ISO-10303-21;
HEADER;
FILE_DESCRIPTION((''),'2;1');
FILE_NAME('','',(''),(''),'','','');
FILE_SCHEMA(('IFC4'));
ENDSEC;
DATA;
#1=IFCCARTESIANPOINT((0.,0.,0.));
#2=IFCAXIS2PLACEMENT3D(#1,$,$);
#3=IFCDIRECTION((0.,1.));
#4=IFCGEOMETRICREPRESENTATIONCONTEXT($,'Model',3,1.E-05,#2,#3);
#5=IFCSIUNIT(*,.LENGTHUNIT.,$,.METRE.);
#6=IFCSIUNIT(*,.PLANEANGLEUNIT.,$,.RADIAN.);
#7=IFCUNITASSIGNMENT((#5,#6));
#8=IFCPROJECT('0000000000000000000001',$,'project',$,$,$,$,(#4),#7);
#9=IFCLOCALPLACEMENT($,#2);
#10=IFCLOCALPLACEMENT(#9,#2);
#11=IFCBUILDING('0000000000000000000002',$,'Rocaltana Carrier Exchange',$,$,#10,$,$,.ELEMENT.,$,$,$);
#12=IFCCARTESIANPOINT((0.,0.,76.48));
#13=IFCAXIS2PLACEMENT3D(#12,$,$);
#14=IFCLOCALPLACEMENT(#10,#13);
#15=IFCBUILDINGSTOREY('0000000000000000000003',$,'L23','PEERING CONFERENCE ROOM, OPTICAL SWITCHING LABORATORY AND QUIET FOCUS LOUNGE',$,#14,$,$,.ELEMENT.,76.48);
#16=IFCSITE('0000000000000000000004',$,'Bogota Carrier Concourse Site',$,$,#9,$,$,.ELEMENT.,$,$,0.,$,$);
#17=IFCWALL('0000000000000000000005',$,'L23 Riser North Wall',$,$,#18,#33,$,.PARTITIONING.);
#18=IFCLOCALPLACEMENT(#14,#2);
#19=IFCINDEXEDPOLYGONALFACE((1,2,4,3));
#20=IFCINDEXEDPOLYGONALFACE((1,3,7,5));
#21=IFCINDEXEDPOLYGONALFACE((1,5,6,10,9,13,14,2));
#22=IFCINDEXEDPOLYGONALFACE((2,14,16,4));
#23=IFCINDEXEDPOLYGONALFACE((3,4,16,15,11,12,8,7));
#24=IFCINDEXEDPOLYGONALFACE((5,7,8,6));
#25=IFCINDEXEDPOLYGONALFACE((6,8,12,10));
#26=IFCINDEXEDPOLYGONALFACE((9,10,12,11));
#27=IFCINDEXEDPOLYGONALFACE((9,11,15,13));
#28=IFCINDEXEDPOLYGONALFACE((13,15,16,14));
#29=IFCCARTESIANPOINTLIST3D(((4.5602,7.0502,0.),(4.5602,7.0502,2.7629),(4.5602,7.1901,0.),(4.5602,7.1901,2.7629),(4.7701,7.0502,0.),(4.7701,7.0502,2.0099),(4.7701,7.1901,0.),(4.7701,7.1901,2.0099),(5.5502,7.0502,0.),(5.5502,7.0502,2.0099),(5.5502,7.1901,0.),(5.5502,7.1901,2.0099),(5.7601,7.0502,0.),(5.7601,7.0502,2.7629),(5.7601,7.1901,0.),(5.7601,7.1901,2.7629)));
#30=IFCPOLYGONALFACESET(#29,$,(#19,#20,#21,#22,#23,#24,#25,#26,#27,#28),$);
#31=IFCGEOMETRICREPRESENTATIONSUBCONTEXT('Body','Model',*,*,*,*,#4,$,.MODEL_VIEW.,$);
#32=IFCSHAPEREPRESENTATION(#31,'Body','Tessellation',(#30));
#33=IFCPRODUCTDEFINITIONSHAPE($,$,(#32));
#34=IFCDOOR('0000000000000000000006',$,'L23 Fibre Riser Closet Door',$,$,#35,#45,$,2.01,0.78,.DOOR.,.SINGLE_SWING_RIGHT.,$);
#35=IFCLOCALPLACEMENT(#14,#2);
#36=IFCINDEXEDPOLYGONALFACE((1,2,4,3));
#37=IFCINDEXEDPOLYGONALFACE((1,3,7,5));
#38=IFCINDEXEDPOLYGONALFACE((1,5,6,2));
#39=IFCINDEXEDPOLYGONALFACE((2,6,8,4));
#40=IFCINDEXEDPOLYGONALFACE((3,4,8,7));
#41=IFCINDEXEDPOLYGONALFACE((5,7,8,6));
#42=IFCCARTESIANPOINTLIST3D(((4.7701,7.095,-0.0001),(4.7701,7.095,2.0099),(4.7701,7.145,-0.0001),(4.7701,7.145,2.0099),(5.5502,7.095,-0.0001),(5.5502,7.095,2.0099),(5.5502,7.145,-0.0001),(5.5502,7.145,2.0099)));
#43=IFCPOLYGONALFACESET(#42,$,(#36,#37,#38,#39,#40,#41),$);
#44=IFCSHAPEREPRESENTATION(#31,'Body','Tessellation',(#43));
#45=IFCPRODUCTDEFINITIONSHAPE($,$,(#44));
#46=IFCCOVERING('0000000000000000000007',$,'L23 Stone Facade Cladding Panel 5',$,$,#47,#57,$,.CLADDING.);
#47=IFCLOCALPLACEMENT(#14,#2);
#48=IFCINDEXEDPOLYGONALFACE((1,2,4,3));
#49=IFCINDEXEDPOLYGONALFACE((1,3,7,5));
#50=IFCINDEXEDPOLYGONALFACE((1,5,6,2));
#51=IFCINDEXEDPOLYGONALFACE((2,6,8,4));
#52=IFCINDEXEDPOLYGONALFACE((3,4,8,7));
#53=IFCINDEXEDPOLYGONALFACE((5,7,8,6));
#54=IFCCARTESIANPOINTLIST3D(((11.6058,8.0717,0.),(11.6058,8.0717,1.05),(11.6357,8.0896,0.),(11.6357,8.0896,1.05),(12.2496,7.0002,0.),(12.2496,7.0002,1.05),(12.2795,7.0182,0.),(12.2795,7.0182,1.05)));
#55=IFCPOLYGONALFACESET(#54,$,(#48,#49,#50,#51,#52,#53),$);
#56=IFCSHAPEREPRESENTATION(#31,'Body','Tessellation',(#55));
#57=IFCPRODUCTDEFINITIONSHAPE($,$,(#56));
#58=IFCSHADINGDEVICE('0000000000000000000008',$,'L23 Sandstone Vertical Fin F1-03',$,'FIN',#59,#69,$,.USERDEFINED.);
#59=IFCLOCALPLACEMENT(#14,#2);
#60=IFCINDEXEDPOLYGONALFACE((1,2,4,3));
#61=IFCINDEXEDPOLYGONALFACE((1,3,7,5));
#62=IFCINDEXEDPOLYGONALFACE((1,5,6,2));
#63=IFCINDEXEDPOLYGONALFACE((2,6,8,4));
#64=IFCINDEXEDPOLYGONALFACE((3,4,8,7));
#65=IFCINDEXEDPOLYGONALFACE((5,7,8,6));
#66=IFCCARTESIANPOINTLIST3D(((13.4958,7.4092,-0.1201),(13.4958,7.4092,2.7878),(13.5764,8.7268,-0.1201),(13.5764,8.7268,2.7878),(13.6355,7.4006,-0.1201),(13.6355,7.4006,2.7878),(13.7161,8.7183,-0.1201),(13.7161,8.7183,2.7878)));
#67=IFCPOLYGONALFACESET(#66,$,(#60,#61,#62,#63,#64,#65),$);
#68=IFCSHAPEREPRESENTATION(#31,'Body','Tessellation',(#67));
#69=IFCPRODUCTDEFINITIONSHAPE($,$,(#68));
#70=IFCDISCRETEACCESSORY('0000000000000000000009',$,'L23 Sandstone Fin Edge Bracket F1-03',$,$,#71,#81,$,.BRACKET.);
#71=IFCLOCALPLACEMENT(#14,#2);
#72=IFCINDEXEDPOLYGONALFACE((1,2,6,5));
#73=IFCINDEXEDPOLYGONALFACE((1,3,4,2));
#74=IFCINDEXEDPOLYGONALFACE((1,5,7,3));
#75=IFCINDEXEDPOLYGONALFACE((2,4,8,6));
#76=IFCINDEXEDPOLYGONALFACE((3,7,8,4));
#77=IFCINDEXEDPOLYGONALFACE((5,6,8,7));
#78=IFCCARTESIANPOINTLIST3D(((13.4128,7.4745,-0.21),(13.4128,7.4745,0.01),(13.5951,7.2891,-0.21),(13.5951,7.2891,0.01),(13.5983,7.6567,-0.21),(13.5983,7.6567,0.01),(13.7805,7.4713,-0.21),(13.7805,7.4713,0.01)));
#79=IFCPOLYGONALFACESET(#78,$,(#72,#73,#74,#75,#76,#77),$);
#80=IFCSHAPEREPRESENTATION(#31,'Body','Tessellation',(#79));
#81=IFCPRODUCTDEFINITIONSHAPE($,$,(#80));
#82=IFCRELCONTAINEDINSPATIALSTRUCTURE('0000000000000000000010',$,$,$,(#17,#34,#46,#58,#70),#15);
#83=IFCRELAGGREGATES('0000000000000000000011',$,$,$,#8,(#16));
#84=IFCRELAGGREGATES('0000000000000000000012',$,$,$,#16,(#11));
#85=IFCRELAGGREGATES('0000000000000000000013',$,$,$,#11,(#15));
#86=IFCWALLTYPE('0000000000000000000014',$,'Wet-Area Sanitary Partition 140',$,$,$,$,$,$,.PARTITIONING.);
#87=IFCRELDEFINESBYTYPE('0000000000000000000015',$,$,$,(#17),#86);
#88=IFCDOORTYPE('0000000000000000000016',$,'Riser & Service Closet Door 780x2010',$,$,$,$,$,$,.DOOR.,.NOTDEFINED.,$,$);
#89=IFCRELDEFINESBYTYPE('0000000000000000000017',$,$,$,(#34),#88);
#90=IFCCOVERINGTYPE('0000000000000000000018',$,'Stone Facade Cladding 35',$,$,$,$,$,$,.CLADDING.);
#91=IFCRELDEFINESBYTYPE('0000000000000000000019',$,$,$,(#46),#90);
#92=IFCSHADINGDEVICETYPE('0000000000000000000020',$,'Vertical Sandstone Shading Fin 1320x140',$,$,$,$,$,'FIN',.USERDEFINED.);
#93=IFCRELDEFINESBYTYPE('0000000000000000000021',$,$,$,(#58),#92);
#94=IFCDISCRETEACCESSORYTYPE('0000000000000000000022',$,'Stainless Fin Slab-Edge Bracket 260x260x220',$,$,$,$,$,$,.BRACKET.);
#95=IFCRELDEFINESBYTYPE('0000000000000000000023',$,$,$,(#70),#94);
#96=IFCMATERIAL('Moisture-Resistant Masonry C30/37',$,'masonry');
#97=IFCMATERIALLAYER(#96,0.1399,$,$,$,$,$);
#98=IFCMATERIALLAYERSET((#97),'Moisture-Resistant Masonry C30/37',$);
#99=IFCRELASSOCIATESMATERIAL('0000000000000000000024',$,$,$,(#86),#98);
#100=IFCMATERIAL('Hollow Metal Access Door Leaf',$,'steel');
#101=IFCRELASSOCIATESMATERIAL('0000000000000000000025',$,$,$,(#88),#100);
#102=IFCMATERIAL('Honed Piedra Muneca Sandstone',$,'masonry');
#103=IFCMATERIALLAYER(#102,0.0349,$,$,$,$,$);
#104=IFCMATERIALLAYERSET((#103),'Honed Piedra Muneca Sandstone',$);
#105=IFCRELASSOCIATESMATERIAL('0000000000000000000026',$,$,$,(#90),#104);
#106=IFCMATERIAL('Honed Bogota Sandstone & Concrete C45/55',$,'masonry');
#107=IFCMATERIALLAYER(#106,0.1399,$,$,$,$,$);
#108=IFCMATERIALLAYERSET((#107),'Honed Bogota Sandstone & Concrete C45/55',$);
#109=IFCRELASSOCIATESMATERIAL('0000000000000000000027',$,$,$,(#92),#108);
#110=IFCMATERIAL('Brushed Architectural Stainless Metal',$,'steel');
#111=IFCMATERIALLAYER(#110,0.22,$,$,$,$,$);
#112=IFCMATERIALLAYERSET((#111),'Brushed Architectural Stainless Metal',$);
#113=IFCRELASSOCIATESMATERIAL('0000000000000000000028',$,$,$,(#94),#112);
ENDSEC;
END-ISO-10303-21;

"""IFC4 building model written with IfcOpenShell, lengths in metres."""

from ifc_helpers import new_model, si_unit, direction, frame, frame_2d, origin, origin_2d, place, context, subcontext, project, spatial, rectangle, extrude, material, layer, layer_set, type_object, element, fill, save


model = new_model("IFC4")

# Units and contexts
model_context = context("Model", 3, precision=1e-05, world=origin(), true_north=direction((0.0, 1.0)))
body_context = subcontext(model_context, "Body", "Model", "MODEL_VIEW")
ifc_project = project(units=[si_unit("LENGTHUNIT", "METRE"), si_unit("PLANEANGLEUNIT", "RADIAN")], contexts=[model_context])

# Site, building, storey
site_placement = place(None, origin())
site = spatial("IfcSite", under=ifc_project, at=site_placement, Name="Bogota Carrier Concourse Site", CompositionType="ELEMENT", RefElevation=0.0)
building_placement = place(site_placement, origin())
building = spatial("IfcBuilding", under=site, at=building_placement, Name="Rocaltana Carrier Exchange", CompositionType="ELEMENT")
storey_placement = place(building_placement, frame((0.0, 0.0, 76.48)))
storey = spatial("IfcBuildingStorey", under=building, at=storey_placement, Name="L23", Description="PEERING CONFERENCE ROOM, OPTICAL SWITCHING LABORATORY AND QUIET FOCUS LOUNGE", CompositionType="ELEMENT", Elevation=76.48)

# Shared definitions
ifc_material_1 = material(Name="Moisture-Resistant Masonry C30/37", Category="masonry")
ifc_layer_1 = layer(ifc_material_1, 0.1399)
ifc_layer_set_1 = layer_set([ifc_layer_1], Name="Moisture-Resistant Masonry C30/37")
wall_type_1 = type_object("IfcWallType", Name="Wet-Area Sanitary Partition 140", PredefinedType="PARTITIONING", material=ifc_layer_set_1)

# Wall, opening, door
wall_1_placement = place(storey_placement, frame((4.5601, 7.1201, 0.0), z_axis=(0.0, 0.0, 1.0), x_axis=(1.0, 0.0, 0.0)))
wall_1 = element("IfcWall", 1, at=wall_1_placement, inside=storey, type_object=wall_type_1, Name="L23 Riser North Wall", PredefinedType="PARTITIONING", context=body_context, shape_type="SweptSolid", body=[
    extrude(rectangle(XDim=1.2, YDim=0.1399, at=frame_2d((0.6001, 0.0))), origin(), (0.0, 0.0, 1.0), 2.7629),
])
opening_1_placement = place(wall_1_placement, frame((0.21, 0.0, 0.0)))
opening_1 = element("IfcOpeningElement", 2, at=opening_1_placement, cuts=wall_1, PredefinedType="OPENING", context=body_context, shape_type="SweptSolid", body=[
    extrude(rectangle(XDim=0.78, YDim=2.01, at=frame_2d((0.3901, 1.0049))), frame((0.0, 0.0798, 0.0), z_axis=(0.0, -1.0, 0.0), x_axis=(1.0, 0.0, 0.0)), (0.0, 0.0, 1.0), 0.1599),
])
ifc_material_2 = material(Name="Hollow Metal Access Door Leaf", Category="steel")
door_type_1 = type_object("IfcDoorType", Name="Riser & Service Closet Door 780x2010", OperationType="NOTDEFINED", PredefinedType="DOOR", material=ifc_material_2)
door_1_placement = place(opening_1_placement, origin())
door_1 = element("IfcDoor", 3, at=door_1_placement, inside=storey, type_object=door_type_1, Name="L23 Fibre Riser Closet Door", OperationType="SINGLE_SWING_RIGHT", OverallHeight=2.01, OverallWidth=0.78, PredefinedType="DOOR", context=body_context, shape_type="SweptSolid", body=[
    extrude(rectangle(XDim=0.78, YDim=2.01, at=frame_2d((0.3901, 1.0049))), frame((0.0, 0.0249, 0.0), z_axis=(0.0, -1.0, 0.0), x_axis=(1.0, 0.0, 0.0)), (0.0, 0.0, 1.0), 0.05),
])
fill(opening_1, door_1)

# Covering
ifc_material_3 = material(Name="Honed Piedra Muneca Sandstone", Category="masonry")
ifc_layer_2 = layer(ifc_material_3, 0.0349)
ifc_layer_set_2 = layer_set([ifc_layer_2], Name="Honed Piedra Muneca Sandstone")
covering_type = type_object("IfcCoveringType", Name="Stone Facade Cladding 35", PredefinedType="CLADDING", material=ifc_layer_set_2)
covering_placement = place(storey_placement, frame((11.9426, 7.5449, 0.0), z_axis=(0.0, 0.0, 1.0), x_axis=(-0.515038, 0.857167, 0.0)))
element("IfcCovering", 4, at=covering_placement, inside=storey, type_object=covering_type, Name="L23 Stone Facade Cladding Panel 5", PredefinedType="CLADDING", context=body_context, shape_type="SweptSolid", body=[
    extrude(rectangle(XDim=1.25, YDim=0.0349, at=origin_2d()), origin(), (0.0, 0.0, 1.0), 1.05),
])

# Shading device
ifc_material_4 = material(Name="Honed Bogota Sandstone & Concrete C45/55", Category="masonry")
ifc_layer_3 = layer(ifc_material_4, 0.1399)
ifc_layer_set_3 = layer_set([ifc_layer_3], Name="Honed Bogota Sandstone & Concrete C45/55")
shading_device_type = type_object("IfcShadingDeviceType", Name="Vertical Sandstone Shading Fin 1320x140", ElementType="FIN", PredefinedType="USERDEFINED", material=ifc_layer_set_3)
shading_device_placement = place(storey_placement, frame((13.606, 8.0637, -0.1201), z_axis=(0.0, 0.0, 1.0), x_axis=(0.061049, 0.998135, 0.0)))
element("IfcShadingDevice", 5, at=shading_device_placement, inside=storey, type_object=shading_device_type, Name="L23 Sandstone Vertical Fin F1-03", ObjectType="FIN", PredefinedType="USERDEFINED", context=body_context, shape_type="SweptSolid", body=[
    extrude(rectangle(XDim=1.3201, YDim=0.1399, at=origin_2d()), origin(), (0.0, 0.0, 1.0), 2.908),
])

# Discrete accessory
ifc_material_5 = material(Name="Brushed Architectural Stainless Metal", Category="steel")
ifc_layer_4 = layer(ifc_material_5, 0.22)
ifc_layer_set_4 = layer_set([ifc_layer_4], Name="Brushed Architectural Stainless Metal")
discrete_accessory_type = type_object("IfcDiscreteAccessoryType", Name="Stainless Fin Slab-Edge Bracket 260x260x220", PredefinedType="BRACKET", material=ifc_layer_set_4)
discrete_accessory_placement = place(storey_placement, frame((13.5967, 7.4729, -0.21), z_axis=(0.0, 0.0, 1.0), x_axis=(-0.700909, 0.71325, 0.0)))
element("IfcDiscreteAccessory", 6, at=discrete_accessory_placement, inside=storey, type_object=discrete_accessory_type, Name="L23 Sandstone Fin Edge Bracket F1-03", PredefinedType="BRACKET", context=body_context, shape_type="SweptSolid", body=[
    extrude(rectangle(XDim=0.26, YDim=0.26, at=origin_2d()), origin(), (0.0, 0.0, 1.0), 0.22),
])

save(model, "model.ifc")
